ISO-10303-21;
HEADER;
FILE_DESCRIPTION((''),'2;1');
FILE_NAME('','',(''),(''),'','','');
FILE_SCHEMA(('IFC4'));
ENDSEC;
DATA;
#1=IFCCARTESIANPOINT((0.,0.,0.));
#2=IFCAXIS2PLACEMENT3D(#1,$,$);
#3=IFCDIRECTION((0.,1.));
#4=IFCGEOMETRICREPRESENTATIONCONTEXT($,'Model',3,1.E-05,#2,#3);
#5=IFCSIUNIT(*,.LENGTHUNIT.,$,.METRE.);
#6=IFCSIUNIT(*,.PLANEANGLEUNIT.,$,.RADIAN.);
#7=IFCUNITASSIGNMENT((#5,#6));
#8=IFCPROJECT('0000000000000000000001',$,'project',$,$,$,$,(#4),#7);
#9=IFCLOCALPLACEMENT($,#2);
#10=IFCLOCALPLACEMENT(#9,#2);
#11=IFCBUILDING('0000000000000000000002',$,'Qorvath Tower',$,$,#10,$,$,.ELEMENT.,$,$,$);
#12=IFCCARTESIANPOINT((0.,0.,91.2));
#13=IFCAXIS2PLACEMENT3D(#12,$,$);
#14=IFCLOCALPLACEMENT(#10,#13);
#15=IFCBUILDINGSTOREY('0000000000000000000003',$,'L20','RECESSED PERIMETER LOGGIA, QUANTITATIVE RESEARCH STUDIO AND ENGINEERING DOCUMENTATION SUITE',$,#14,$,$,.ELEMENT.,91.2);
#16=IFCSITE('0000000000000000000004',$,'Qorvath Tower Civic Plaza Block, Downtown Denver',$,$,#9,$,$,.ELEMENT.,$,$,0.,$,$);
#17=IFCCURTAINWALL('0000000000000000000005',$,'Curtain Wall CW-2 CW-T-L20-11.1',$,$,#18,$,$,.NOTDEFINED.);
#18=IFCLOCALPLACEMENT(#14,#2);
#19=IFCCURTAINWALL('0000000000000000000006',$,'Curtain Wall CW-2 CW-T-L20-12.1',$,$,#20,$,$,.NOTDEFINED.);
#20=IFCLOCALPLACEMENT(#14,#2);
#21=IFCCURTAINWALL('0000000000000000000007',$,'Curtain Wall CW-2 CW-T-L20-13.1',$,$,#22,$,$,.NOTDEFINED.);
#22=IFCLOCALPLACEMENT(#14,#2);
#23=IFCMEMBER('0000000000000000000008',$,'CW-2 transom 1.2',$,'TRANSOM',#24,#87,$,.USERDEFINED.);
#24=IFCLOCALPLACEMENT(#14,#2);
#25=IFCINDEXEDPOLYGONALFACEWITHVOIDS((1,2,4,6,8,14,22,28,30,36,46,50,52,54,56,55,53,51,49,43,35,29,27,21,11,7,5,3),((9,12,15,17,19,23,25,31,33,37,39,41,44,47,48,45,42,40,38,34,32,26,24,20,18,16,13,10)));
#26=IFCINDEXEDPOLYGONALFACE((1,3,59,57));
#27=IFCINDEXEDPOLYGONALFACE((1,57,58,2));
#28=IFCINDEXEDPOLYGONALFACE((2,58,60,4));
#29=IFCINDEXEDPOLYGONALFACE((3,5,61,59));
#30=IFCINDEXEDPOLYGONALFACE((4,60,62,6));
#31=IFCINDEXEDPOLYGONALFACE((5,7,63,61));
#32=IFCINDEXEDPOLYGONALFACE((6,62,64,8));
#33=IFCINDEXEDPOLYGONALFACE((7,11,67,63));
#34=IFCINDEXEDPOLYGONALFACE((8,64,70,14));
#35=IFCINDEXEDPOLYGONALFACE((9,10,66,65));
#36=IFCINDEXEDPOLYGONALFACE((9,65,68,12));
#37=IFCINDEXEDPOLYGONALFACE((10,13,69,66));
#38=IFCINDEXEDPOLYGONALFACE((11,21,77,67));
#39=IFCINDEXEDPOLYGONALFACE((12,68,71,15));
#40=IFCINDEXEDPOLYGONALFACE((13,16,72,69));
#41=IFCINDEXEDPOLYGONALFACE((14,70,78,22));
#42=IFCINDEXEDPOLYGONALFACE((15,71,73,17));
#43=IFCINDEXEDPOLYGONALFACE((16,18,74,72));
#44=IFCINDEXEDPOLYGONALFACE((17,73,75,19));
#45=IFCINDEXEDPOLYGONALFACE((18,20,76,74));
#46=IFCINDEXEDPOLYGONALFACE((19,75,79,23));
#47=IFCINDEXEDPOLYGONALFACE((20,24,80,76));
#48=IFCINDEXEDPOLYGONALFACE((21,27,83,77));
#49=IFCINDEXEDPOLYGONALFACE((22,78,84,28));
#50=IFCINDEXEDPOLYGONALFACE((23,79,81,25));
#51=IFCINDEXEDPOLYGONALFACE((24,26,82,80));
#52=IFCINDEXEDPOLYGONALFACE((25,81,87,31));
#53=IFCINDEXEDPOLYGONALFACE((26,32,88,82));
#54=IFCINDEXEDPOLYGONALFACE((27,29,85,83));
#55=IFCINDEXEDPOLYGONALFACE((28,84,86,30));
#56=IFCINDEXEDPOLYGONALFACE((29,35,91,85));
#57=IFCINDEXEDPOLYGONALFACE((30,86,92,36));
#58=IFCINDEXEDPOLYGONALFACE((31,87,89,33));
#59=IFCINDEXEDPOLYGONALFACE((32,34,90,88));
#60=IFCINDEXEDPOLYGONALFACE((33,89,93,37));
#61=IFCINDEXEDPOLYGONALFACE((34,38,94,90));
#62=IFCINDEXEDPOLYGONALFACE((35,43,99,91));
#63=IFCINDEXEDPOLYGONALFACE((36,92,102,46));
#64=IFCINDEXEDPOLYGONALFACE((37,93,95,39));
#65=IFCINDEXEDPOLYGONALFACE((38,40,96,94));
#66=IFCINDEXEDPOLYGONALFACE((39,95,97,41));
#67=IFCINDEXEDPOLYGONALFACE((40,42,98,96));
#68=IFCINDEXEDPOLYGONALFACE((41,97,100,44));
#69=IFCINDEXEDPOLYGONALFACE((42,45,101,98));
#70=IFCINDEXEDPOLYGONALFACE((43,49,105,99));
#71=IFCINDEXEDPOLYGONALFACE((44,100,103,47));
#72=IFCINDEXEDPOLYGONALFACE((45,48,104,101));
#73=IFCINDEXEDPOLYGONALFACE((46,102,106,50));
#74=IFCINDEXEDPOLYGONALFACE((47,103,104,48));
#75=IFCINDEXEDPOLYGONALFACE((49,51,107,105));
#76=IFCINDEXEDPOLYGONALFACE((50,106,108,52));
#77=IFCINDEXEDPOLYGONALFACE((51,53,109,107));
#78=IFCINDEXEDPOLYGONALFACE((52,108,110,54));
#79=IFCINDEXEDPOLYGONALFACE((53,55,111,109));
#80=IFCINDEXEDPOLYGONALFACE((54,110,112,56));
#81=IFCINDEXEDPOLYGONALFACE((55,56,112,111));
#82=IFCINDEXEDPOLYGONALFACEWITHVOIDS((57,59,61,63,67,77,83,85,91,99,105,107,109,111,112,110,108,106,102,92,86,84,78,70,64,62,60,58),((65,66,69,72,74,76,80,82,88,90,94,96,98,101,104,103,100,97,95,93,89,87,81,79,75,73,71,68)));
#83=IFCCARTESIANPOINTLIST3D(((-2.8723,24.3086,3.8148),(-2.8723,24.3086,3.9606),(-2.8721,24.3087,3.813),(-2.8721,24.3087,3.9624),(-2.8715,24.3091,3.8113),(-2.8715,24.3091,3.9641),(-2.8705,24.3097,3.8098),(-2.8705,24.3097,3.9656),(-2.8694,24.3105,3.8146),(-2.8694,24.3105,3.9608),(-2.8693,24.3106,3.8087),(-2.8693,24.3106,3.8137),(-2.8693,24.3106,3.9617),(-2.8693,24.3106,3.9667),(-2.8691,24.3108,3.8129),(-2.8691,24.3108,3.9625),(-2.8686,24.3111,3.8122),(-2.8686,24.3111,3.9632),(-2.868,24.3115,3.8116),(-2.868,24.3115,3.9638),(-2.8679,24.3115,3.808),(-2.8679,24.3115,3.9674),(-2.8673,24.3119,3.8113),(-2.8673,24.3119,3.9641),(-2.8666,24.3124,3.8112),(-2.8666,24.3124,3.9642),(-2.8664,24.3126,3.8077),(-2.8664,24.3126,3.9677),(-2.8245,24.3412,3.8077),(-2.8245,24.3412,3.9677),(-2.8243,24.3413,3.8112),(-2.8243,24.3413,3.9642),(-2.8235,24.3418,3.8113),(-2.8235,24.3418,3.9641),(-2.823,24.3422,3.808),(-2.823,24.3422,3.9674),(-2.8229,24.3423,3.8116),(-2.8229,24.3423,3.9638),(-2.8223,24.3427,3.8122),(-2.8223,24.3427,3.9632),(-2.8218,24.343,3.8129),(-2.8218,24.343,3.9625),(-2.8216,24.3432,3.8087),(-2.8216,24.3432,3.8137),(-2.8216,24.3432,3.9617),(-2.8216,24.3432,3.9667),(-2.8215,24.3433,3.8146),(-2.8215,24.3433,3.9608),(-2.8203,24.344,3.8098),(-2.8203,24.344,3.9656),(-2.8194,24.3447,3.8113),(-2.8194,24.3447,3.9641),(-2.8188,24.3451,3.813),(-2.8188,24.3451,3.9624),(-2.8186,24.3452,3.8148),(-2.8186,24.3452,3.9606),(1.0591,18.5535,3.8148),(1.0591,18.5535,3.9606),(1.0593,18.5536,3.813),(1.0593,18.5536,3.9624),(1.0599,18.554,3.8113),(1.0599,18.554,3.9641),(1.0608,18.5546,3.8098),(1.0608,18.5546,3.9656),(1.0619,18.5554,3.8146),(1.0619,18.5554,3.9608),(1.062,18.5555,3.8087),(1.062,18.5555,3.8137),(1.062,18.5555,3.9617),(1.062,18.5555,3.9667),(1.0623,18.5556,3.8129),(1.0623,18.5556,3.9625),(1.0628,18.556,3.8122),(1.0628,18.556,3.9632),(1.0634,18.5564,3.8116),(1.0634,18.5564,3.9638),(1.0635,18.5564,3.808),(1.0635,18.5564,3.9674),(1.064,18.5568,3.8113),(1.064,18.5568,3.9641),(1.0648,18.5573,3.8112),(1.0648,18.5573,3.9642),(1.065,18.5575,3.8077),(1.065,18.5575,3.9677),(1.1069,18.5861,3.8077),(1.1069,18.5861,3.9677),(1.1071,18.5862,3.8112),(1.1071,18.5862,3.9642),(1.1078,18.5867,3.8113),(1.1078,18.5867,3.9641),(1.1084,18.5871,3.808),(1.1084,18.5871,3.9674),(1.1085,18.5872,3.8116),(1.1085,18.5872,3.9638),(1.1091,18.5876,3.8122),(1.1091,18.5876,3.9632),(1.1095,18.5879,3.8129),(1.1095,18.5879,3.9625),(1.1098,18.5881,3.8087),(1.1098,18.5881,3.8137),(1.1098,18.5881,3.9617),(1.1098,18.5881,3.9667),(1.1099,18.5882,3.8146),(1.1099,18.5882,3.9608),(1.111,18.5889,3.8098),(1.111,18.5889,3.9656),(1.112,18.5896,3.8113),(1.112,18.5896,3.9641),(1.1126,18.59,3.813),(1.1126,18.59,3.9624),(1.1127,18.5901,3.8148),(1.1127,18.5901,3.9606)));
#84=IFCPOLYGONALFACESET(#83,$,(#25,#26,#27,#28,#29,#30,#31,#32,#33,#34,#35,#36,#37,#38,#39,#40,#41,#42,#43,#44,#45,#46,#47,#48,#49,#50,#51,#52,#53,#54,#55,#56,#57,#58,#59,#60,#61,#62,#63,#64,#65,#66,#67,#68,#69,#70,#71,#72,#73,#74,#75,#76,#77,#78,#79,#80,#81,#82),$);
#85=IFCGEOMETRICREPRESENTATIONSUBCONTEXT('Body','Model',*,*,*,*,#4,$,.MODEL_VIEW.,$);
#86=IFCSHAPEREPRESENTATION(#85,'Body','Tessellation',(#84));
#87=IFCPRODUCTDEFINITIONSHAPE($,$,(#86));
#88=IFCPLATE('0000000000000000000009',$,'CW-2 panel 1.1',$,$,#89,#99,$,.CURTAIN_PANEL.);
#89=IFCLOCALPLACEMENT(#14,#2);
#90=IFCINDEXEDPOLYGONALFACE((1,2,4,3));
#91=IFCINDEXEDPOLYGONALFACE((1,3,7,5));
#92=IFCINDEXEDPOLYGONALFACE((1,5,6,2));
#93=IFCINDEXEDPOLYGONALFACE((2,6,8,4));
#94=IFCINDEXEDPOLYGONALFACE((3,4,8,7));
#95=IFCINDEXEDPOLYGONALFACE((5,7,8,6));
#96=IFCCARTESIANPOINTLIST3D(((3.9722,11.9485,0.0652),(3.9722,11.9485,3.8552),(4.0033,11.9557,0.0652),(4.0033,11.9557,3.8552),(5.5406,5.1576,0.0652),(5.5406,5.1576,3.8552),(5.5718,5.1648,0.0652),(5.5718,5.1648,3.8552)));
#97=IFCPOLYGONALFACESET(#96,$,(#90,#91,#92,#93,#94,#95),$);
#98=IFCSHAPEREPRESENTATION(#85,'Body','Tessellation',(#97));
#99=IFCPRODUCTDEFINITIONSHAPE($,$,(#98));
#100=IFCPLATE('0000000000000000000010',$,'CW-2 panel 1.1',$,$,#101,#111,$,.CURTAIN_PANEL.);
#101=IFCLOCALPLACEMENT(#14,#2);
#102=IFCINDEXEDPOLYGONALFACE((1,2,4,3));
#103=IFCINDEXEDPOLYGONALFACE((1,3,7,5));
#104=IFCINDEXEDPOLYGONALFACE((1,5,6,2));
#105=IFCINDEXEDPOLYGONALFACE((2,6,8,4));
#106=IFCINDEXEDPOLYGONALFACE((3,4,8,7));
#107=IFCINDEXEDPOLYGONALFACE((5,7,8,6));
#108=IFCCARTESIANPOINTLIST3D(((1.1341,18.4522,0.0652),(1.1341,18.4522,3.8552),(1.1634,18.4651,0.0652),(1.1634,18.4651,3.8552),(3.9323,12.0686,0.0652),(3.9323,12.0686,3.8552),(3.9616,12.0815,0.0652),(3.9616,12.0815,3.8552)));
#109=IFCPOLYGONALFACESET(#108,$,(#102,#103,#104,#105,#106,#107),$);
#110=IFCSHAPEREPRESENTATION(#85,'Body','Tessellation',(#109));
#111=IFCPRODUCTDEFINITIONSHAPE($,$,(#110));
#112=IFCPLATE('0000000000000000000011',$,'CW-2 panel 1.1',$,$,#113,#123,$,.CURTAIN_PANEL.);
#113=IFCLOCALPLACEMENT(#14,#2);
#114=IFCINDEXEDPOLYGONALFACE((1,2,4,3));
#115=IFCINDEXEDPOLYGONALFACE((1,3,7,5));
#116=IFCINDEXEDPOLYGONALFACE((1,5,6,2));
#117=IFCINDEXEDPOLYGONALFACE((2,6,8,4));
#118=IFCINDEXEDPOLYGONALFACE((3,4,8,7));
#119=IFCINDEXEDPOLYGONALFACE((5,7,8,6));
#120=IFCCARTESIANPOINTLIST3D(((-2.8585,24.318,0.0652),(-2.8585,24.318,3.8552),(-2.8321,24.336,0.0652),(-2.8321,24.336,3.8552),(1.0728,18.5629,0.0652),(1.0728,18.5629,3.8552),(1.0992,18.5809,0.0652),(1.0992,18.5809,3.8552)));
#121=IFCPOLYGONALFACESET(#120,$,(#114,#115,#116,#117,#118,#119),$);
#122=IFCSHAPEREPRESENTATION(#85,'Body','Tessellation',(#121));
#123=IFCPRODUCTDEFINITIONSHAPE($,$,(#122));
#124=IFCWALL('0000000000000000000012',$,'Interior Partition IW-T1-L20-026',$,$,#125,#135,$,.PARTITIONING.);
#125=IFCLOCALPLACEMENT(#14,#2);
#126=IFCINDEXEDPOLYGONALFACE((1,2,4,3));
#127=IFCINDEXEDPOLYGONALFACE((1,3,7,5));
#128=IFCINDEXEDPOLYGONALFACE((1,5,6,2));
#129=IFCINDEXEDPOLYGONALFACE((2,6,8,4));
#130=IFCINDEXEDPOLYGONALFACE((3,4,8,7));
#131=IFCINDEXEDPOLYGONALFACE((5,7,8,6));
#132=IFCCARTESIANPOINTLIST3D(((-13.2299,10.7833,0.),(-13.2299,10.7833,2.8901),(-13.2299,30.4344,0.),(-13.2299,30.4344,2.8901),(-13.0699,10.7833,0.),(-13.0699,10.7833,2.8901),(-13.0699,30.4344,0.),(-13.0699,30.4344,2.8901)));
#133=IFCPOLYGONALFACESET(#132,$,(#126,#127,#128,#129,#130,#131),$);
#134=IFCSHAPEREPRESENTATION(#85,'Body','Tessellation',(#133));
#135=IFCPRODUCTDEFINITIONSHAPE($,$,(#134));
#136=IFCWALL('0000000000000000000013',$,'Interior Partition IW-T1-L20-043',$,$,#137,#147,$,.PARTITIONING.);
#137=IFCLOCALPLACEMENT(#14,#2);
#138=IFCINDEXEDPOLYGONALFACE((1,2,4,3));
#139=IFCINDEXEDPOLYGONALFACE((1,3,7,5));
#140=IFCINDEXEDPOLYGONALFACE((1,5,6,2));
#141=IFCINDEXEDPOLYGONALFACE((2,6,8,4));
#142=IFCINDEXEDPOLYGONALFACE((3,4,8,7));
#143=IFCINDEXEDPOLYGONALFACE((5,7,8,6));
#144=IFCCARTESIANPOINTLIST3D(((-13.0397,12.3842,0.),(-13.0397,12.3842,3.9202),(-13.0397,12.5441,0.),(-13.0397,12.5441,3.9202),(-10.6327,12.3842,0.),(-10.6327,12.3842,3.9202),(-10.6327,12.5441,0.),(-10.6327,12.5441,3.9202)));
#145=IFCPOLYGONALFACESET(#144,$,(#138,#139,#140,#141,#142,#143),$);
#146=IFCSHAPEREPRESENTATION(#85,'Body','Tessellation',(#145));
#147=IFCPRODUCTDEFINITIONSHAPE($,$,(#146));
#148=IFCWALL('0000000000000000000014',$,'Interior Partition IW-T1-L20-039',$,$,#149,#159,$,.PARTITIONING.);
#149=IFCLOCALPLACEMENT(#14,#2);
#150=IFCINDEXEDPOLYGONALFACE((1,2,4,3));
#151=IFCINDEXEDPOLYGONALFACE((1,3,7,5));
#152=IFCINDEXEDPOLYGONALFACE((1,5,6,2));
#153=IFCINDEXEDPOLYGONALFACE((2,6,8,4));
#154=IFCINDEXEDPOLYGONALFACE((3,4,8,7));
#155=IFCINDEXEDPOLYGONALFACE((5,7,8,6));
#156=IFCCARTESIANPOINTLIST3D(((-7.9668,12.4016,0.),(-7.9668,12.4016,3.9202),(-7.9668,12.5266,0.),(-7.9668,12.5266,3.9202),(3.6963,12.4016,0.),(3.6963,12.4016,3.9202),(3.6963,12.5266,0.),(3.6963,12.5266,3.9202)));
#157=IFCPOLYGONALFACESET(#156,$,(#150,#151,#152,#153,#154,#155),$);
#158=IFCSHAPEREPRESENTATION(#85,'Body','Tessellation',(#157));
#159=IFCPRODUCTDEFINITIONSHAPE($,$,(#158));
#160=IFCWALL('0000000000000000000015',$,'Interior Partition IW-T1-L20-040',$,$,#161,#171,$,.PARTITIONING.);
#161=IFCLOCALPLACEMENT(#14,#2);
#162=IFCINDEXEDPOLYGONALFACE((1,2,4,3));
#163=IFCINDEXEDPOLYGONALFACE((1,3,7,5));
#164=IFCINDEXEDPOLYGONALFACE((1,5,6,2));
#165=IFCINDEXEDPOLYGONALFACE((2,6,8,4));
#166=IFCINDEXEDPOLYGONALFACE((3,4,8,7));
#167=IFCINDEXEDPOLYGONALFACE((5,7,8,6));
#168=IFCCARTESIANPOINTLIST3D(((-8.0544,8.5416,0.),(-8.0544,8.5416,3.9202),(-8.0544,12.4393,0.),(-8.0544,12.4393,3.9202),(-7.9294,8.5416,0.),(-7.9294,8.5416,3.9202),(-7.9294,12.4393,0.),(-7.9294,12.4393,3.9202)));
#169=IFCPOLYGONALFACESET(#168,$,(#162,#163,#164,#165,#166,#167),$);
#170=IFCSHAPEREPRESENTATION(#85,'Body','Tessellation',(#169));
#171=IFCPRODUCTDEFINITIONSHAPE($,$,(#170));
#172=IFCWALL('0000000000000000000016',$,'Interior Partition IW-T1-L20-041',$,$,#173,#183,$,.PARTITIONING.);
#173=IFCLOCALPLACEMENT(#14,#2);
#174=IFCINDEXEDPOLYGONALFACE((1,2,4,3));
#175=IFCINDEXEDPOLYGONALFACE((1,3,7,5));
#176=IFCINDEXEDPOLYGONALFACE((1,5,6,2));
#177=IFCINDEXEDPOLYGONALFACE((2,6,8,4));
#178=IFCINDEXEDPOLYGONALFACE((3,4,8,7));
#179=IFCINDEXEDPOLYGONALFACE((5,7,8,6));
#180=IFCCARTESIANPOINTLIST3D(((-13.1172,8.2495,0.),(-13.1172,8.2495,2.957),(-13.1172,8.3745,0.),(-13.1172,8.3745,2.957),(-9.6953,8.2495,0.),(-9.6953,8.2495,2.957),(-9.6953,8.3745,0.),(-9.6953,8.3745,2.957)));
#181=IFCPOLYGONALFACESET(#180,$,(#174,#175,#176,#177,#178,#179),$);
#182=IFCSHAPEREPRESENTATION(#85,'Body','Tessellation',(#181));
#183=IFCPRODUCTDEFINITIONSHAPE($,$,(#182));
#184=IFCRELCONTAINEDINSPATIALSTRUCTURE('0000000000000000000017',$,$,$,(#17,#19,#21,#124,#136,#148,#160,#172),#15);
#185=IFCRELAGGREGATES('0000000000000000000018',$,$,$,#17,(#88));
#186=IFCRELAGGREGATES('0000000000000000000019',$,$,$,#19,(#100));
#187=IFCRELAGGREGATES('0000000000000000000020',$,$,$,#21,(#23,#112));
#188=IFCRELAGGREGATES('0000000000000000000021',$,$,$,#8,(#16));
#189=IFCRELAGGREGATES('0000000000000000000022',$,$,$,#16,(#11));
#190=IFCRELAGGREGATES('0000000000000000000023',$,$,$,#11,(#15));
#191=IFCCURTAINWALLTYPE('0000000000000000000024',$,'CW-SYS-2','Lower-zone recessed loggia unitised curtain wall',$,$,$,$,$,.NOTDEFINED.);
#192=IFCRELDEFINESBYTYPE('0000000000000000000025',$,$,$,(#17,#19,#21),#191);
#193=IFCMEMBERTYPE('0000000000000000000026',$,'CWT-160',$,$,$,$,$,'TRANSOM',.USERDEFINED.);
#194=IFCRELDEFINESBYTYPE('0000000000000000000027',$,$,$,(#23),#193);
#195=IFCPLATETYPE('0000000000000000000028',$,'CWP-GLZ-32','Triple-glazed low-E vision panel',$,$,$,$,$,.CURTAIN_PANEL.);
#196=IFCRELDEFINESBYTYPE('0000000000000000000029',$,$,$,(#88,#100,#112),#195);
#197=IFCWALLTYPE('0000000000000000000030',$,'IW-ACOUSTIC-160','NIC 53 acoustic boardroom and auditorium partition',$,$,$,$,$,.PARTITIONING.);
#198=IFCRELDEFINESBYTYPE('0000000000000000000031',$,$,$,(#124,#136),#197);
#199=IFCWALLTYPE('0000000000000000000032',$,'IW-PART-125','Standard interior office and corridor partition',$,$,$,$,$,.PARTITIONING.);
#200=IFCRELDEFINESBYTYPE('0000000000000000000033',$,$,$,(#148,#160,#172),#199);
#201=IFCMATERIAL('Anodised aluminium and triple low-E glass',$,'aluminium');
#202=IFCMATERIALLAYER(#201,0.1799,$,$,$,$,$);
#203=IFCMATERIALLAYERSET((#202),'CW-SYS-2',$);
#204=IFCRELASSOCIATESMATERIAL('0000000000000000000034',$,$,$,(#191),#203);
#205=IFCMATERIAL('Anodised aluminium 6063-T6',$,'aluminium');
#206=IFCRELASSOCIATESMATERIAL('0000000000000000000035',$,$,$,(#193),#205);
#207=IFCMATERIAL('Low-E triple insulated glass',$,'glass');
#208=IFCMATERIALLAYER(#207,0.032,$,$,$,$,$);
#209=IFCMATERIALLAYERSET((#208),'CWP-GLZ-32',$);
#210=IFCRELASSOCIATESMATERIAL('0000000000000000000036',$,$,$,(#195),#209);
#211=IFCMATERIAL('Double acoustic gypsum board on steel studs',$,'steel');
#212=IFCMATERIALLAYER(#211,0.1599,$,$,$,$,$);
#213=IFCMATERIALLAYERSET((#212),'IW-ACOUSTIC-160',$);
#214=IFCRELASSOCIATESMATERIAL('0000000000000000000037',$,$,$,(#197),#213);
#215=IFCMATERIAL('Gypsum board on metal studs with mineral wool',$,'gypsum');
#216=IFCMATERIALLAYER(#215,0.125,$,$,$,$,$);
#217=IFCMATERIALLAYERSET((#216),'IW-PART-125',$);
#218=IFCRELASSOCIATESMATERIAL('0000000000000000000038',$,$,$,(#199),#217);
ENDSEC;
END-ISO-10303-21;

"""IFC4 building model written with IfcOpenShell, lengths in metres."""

from ifc_helpers import new_model, si_unit, direction, frame, frame_2d, origin, origin_2d, place, context, subcontext, project, spatial, rectangle, hollow_rectangle, extrude, material, layer, layer_set, material_profile, profile_set, type_object, element, aggregate, save


model = new_model("IFC4")

# Units and contexts
model_context = context("Model", 3, precision=1e-05, world=origin(), true_north=direction((0.0, 1.0)))
body_context = subcontext(model_context, "Body", "Model", "MODEL_VIEW")
ifc_project = project(units=[si_unit("LENGTHUNIT", "METRE"), si_unit("PLANEANGLEUNIT", "RADIAN")], contexts=[model_context])

# Site, building, storey
site_placement = place(None, origin())
site = spatial("IfcSite", under=ifc_project, at=site_placement, Name="Qorvath Tower Civic Plaza Block, Downtown Denver", CompositionType="ELEMENT", RefElevation=0.0)
building_placement = place(site_placement, origin())
building = spatial("IfcBuilding", under=site, at=building_placement, Name="Qorvath Tower", CompositionType="ELEMENT")
storey_placement = place(building_placement, frame((0.0, 0.0, 91.2)))
storey = spatial("IfcBuildingStorey", under=building, at=storey_placement, Name="L20", Description="RECESSED PERIMETER LOGGIA, QUANTITATIVE RESEARCH STUDIO AND ENGINEERING DOCUMENTATION SUITE", CompositionType="ELEMENT", Elevation=91.2)

# Curtain wall
ifc_material_1 = material(Name="Anodised aluminium and triple low-E glass", Category="aluminium")
ifc_layer_1 = layer(ifc_material_1, 0.1799)
ifc_layer_set_1 = layer_set([ifc_layer_1], Name="CW-SYS-2")
curtain_wall_type = type_object("IfcCurtainWallType", Name="CW-SYS-2", Description="Lower-zone recessed loggia unitised curtain wall", PredefinedType="NOTDEFINED", material=ifc_layer_set_1)
curtain_wall_1_placement = place(storey_placement, origin())
curtain_wall_1 = element("IfcCurtainWall", 1, at=curtain_wall_1_placement, inside=storey, type_object=curtain_wall_type, Name="Curtain Wall CW-2 CW-T-L20-11.1", PredefinedType="NOTDEFINED")

# Curtain wall
curtain_wall_2_placement = place(storey_placement, origin())
curtain_wall_2 = element("IfcCurtainWall", 2, at=curtain_wall_2_placement, inside=storey, type_object=curtain_wall_type, Name="Curtain Wall CW-2 CW-T-L20-12.1", PredefinedType="NOTDEFINED")

# Curtain wall
curtain_wall_3_placement = place(storey_placement, origin())
curtain_wall_3 = element("IfcCurtainWall", 3, at=curtain_wall_3_placement, inside=storey, type_object=curtain_wall_type, Name="Curtain Wall CW-2 CW-T-L20-13.1", PredefinedType="NOTDEFINED")

# Member
ifc_material_2 = material(Name="Anodised aluminium 6063-T6", Category="aluminium")
ifc_material_profile_1 = material_profile(ifc_material_2, hollow_rectangle(XDim=0.0649, YDim=0.1599, WallThickness=0.0034, InnerFilletRadius=0.0034, OuterFilletRadius=0.0071, at=origin_2d()), Name="CWT 160x65")
ifc_profile_set_1 = profile_set([ifc_material_profile_1], Name="Anodised aluminium 6063-T6")
member_type_1 = type_object("IfcMemberType", Name="CWT-160", ElementType="TRANSOM", PredefinedType="USERDEFINED", material=ifc_profile_set_1)
member_1_placement = place(storey_placement, frame((1.0859, 18.5718, 3.8877), z_axis=(-0.564066, 0.82573, 0.0), x_axis=(-0.82573, -0.564066, 0.0)))
member_1 = element("IfcMember", 4, at=member_1_placement, type_object=member_type_1, Name="CW-2 transom 1.2", ObjectType="TRANSOM", PredefinedType="USERDEFINED", context=body_context, shape_type="SweptSolid", body=[
    extrude(hollow_rectangle(XDim=0.0649, YDim=0.1599, WallThickness=0.0034, InnerFilletRadius=0.0034, OuterFilletRadius=0.0071, at=origin_2d()), origin(), (0.0, 0.0, 1.0), 6.9697),
])

# Plates
ifc_material_3 = material(Name="Low-E triple insulated glass", Category="glass")
ifc_layer_2 = layer(ifc_material_3, 0.032)
ifc_layer_set_2 = layer_set([ifc_layer_2], Name="CWP-GLZ-32")
plate_type = type_object("IfcPlateType", Name="CWP-GLZ-32", Description="Triple-glazed low-E vision panel", PredefinedType="CURTAIN_PANEL", material=ifc_layer_set_2)
plate_1_placement = place(storey_placement, frame((4.772, 8.5566, 0.0652), z_axis=(0.0, 0.0, 1.0), x_axis=(-0.225034, 0.974351, 0.0)))
plate_1 = element("IfcPlate", 5, at=plate_1_placement, type_object=plate_type, Name="CW-2 panel 1.1", PredefinedType="CURTAIN_PANEL", context=body_context, shape_type="SweptSolid", body=[
    extrude(rectangle(XDim=6.9697, YDim=0.032, at=origin_2d()), origin(), (0.0, 0.0, 1.0), 3.79),
])
aggregate(curtain_wall_1, [plate_1])
plate_2_placement = place(storey_placement, frame((2.5479, 15.2668, 0.0652), z_axis=(0.0, 0.0, 1.0), x_axis=(-0.401477, 0.915869, 0.0)))
plate_2 = element("IfcPlate", 6, at=plate_2_placement, type_object=plate_type, Name="CW-2 panel 1.1", PredefinedType="CURTAIN_PANEL", context=body_context, shape_type="SweptSolid", body=[
    extrude(rectangle(XDim=6.97, YDim=0.032, at=origin_2d()), origin(), (0.0, 0.0, 1.0), 3.79),
])
aggregate(curtain_wall_2, [plate_2])
plate_3_placement = place(storey_placement, frame((-0.8796, 21.4495, 0.0652), z_axis=(0.0, 0.0, 1.0), x_axis=(-0.564062, 0.825733, 0.0)))
plate_3 = element("IfcPlate", 7, at=plate_3_placement, type_object=plate_type, Name="CW-2 panel 1.1", PredefinedType="CURTAIN_PANEL", context=body_context, shape_type="SweptSolid", body=[
    extrude(rectangle(XDim=6.9697, YDim=0.032, at=origin_2d()), origin(), (0.0, 0.0, 1.0), 3.79),
])
aggregate(curtain_wall_3, [member_1, plate_3])

# Walls
ifc_material_4 = material(Name="Double acoustic gypsum board on steel studs", Category="steel")
ifc_layer_3 = layer(ifc_material_4, 0.1599)
ifc_layer_set_3 = layer_set([ifc_layer_3], Name="IW-ACOUSTIC-160")
wall_type_1 = type_object("IfcWallType", Name="IW-ACOUSTIC-160", Description="NIC 53 acoustic boardroom and auditorium partition", PredefinedType="PARTITIONING", material=ifc_layer_set_3)
wall_1_placement = place(storey_placement, frame((-13.1499, 10.7832, 0.0), z_axis=(0.0, 0.0, 1.0), x_axis=(0.0, 1.0, 0.0)))
element("IfcWall", 8, at=wall_1_placement, inside=storey, type_object=wall_type_1, Name="Interior Partition IW-T1-L20-026", PredefinedType="PARTITIONING", context=body_context, shape_type="SweptSolid", body=[
    extrude(rectangle(XDim=19.6511, YDim=0.1599, at=frame_2d((9.8257, 0.0))), origin(), (0.0, 0.0, 1.0), 2.8901),
])
wall_2_placement = place(storey_placement, frame((-13.0398, 12.4641, 0.0), z_axis=(0.0, 0.0, 1.0), x_axis=(1.0, 0.0, 0.0)))
element("IfcWall", 9, at=wall_2_placement, inside=storey, type_object=wall_type_1, Name="Interior Partition IW-T1-L20-043", PredefinedType="PARTITIONING", context=body_context, shape_type="SweptSolid", body=[
    extrude(rectangle(XDim=2.407, YDim=0.1599, at=frame_2d((1.2036, 0.0))), origin(), (0.0, 0.0, 1.0), 3.9202),
])
ifc_material_5 = material(Name="Gypsum board on metal studs with mineral wool", Category="gypsum")
ifc_layer_4 = layer(ifc_material_5, 0.125)
ifc_layer_set_4 = layer_set([ifc_layer_4], Name="IW-PART-125")
wall_type_2 = type_object("IfcWallType", Name="IW-PART-125", Description="Standard interior office and corridor partition", PredefinedType="PARTITIONING", material=ifc_layer_set_4)
wall_3_placement = place(storey_placement, frame((3.6963, 12.4641, 0.0), z_axis=(0.0, 0.0, 1.0), x_axis=(-1.0, 0.0, 0.0)))
element("IfcWall", 10, at=wall_3_placement, inside=storey, type_object=wall_type_2, Name="Interior Partition IW-T1-L20-039", PredefinedType="PARTITIONING", context=body_context, shape_type="SweptSolid", body=[
    extrude(rectangle(XDim=11.6631, YDim=0.125, at=frame_2d((5.8315, 0.0))), origin(), (0.0, 0.0, 1.0), 3.9202),
])
wall_4_placement = place(storey_placement, frame((-7.9919, 12.4392, 0.0), z_axis=(0.0, 0.0, 1.0), x_axis=(0.0, -1.0, 0.0)))
element("IfcWall", 11, at=wall_4_placement, inside=storey, type_object=wall_type_2, Name="Interior Partition IW-T1-L20-040", PredefinedType="PARTITIONING", context=body_context, shape_type="SweptSolid", body=[
    extrude(rectangle(XDim=3.8977, YDim=0.125, at=frame_2d((1.9487, 0.0))), origin(), (0.0, 0.0, 1.0), 3.9202),
])
wall_5_placement = place(storey_placement, frame((-9.6953, 8.312, 0.0), z_axis=(0.0, 0.0, 1.0), x_axis=(-1.0, 0.0, 0.0)))
element("IfcWall", 12, at=wall_5_placement, inside=storey, type_object=wall_type_2, Name="Interior Partition IW-T1-L20-041", PredefinedType="PARTITIONING", context=body_context, shape_type="SweptSolid", body=[
    extrude(rectangle(XDim=3.4219, YDim=0.125, at=frame_2d((1.7109, 0.0))), origin(), (0.0, 0.0, 1.0), 2.957),
])

save(model, "model.ifc")
